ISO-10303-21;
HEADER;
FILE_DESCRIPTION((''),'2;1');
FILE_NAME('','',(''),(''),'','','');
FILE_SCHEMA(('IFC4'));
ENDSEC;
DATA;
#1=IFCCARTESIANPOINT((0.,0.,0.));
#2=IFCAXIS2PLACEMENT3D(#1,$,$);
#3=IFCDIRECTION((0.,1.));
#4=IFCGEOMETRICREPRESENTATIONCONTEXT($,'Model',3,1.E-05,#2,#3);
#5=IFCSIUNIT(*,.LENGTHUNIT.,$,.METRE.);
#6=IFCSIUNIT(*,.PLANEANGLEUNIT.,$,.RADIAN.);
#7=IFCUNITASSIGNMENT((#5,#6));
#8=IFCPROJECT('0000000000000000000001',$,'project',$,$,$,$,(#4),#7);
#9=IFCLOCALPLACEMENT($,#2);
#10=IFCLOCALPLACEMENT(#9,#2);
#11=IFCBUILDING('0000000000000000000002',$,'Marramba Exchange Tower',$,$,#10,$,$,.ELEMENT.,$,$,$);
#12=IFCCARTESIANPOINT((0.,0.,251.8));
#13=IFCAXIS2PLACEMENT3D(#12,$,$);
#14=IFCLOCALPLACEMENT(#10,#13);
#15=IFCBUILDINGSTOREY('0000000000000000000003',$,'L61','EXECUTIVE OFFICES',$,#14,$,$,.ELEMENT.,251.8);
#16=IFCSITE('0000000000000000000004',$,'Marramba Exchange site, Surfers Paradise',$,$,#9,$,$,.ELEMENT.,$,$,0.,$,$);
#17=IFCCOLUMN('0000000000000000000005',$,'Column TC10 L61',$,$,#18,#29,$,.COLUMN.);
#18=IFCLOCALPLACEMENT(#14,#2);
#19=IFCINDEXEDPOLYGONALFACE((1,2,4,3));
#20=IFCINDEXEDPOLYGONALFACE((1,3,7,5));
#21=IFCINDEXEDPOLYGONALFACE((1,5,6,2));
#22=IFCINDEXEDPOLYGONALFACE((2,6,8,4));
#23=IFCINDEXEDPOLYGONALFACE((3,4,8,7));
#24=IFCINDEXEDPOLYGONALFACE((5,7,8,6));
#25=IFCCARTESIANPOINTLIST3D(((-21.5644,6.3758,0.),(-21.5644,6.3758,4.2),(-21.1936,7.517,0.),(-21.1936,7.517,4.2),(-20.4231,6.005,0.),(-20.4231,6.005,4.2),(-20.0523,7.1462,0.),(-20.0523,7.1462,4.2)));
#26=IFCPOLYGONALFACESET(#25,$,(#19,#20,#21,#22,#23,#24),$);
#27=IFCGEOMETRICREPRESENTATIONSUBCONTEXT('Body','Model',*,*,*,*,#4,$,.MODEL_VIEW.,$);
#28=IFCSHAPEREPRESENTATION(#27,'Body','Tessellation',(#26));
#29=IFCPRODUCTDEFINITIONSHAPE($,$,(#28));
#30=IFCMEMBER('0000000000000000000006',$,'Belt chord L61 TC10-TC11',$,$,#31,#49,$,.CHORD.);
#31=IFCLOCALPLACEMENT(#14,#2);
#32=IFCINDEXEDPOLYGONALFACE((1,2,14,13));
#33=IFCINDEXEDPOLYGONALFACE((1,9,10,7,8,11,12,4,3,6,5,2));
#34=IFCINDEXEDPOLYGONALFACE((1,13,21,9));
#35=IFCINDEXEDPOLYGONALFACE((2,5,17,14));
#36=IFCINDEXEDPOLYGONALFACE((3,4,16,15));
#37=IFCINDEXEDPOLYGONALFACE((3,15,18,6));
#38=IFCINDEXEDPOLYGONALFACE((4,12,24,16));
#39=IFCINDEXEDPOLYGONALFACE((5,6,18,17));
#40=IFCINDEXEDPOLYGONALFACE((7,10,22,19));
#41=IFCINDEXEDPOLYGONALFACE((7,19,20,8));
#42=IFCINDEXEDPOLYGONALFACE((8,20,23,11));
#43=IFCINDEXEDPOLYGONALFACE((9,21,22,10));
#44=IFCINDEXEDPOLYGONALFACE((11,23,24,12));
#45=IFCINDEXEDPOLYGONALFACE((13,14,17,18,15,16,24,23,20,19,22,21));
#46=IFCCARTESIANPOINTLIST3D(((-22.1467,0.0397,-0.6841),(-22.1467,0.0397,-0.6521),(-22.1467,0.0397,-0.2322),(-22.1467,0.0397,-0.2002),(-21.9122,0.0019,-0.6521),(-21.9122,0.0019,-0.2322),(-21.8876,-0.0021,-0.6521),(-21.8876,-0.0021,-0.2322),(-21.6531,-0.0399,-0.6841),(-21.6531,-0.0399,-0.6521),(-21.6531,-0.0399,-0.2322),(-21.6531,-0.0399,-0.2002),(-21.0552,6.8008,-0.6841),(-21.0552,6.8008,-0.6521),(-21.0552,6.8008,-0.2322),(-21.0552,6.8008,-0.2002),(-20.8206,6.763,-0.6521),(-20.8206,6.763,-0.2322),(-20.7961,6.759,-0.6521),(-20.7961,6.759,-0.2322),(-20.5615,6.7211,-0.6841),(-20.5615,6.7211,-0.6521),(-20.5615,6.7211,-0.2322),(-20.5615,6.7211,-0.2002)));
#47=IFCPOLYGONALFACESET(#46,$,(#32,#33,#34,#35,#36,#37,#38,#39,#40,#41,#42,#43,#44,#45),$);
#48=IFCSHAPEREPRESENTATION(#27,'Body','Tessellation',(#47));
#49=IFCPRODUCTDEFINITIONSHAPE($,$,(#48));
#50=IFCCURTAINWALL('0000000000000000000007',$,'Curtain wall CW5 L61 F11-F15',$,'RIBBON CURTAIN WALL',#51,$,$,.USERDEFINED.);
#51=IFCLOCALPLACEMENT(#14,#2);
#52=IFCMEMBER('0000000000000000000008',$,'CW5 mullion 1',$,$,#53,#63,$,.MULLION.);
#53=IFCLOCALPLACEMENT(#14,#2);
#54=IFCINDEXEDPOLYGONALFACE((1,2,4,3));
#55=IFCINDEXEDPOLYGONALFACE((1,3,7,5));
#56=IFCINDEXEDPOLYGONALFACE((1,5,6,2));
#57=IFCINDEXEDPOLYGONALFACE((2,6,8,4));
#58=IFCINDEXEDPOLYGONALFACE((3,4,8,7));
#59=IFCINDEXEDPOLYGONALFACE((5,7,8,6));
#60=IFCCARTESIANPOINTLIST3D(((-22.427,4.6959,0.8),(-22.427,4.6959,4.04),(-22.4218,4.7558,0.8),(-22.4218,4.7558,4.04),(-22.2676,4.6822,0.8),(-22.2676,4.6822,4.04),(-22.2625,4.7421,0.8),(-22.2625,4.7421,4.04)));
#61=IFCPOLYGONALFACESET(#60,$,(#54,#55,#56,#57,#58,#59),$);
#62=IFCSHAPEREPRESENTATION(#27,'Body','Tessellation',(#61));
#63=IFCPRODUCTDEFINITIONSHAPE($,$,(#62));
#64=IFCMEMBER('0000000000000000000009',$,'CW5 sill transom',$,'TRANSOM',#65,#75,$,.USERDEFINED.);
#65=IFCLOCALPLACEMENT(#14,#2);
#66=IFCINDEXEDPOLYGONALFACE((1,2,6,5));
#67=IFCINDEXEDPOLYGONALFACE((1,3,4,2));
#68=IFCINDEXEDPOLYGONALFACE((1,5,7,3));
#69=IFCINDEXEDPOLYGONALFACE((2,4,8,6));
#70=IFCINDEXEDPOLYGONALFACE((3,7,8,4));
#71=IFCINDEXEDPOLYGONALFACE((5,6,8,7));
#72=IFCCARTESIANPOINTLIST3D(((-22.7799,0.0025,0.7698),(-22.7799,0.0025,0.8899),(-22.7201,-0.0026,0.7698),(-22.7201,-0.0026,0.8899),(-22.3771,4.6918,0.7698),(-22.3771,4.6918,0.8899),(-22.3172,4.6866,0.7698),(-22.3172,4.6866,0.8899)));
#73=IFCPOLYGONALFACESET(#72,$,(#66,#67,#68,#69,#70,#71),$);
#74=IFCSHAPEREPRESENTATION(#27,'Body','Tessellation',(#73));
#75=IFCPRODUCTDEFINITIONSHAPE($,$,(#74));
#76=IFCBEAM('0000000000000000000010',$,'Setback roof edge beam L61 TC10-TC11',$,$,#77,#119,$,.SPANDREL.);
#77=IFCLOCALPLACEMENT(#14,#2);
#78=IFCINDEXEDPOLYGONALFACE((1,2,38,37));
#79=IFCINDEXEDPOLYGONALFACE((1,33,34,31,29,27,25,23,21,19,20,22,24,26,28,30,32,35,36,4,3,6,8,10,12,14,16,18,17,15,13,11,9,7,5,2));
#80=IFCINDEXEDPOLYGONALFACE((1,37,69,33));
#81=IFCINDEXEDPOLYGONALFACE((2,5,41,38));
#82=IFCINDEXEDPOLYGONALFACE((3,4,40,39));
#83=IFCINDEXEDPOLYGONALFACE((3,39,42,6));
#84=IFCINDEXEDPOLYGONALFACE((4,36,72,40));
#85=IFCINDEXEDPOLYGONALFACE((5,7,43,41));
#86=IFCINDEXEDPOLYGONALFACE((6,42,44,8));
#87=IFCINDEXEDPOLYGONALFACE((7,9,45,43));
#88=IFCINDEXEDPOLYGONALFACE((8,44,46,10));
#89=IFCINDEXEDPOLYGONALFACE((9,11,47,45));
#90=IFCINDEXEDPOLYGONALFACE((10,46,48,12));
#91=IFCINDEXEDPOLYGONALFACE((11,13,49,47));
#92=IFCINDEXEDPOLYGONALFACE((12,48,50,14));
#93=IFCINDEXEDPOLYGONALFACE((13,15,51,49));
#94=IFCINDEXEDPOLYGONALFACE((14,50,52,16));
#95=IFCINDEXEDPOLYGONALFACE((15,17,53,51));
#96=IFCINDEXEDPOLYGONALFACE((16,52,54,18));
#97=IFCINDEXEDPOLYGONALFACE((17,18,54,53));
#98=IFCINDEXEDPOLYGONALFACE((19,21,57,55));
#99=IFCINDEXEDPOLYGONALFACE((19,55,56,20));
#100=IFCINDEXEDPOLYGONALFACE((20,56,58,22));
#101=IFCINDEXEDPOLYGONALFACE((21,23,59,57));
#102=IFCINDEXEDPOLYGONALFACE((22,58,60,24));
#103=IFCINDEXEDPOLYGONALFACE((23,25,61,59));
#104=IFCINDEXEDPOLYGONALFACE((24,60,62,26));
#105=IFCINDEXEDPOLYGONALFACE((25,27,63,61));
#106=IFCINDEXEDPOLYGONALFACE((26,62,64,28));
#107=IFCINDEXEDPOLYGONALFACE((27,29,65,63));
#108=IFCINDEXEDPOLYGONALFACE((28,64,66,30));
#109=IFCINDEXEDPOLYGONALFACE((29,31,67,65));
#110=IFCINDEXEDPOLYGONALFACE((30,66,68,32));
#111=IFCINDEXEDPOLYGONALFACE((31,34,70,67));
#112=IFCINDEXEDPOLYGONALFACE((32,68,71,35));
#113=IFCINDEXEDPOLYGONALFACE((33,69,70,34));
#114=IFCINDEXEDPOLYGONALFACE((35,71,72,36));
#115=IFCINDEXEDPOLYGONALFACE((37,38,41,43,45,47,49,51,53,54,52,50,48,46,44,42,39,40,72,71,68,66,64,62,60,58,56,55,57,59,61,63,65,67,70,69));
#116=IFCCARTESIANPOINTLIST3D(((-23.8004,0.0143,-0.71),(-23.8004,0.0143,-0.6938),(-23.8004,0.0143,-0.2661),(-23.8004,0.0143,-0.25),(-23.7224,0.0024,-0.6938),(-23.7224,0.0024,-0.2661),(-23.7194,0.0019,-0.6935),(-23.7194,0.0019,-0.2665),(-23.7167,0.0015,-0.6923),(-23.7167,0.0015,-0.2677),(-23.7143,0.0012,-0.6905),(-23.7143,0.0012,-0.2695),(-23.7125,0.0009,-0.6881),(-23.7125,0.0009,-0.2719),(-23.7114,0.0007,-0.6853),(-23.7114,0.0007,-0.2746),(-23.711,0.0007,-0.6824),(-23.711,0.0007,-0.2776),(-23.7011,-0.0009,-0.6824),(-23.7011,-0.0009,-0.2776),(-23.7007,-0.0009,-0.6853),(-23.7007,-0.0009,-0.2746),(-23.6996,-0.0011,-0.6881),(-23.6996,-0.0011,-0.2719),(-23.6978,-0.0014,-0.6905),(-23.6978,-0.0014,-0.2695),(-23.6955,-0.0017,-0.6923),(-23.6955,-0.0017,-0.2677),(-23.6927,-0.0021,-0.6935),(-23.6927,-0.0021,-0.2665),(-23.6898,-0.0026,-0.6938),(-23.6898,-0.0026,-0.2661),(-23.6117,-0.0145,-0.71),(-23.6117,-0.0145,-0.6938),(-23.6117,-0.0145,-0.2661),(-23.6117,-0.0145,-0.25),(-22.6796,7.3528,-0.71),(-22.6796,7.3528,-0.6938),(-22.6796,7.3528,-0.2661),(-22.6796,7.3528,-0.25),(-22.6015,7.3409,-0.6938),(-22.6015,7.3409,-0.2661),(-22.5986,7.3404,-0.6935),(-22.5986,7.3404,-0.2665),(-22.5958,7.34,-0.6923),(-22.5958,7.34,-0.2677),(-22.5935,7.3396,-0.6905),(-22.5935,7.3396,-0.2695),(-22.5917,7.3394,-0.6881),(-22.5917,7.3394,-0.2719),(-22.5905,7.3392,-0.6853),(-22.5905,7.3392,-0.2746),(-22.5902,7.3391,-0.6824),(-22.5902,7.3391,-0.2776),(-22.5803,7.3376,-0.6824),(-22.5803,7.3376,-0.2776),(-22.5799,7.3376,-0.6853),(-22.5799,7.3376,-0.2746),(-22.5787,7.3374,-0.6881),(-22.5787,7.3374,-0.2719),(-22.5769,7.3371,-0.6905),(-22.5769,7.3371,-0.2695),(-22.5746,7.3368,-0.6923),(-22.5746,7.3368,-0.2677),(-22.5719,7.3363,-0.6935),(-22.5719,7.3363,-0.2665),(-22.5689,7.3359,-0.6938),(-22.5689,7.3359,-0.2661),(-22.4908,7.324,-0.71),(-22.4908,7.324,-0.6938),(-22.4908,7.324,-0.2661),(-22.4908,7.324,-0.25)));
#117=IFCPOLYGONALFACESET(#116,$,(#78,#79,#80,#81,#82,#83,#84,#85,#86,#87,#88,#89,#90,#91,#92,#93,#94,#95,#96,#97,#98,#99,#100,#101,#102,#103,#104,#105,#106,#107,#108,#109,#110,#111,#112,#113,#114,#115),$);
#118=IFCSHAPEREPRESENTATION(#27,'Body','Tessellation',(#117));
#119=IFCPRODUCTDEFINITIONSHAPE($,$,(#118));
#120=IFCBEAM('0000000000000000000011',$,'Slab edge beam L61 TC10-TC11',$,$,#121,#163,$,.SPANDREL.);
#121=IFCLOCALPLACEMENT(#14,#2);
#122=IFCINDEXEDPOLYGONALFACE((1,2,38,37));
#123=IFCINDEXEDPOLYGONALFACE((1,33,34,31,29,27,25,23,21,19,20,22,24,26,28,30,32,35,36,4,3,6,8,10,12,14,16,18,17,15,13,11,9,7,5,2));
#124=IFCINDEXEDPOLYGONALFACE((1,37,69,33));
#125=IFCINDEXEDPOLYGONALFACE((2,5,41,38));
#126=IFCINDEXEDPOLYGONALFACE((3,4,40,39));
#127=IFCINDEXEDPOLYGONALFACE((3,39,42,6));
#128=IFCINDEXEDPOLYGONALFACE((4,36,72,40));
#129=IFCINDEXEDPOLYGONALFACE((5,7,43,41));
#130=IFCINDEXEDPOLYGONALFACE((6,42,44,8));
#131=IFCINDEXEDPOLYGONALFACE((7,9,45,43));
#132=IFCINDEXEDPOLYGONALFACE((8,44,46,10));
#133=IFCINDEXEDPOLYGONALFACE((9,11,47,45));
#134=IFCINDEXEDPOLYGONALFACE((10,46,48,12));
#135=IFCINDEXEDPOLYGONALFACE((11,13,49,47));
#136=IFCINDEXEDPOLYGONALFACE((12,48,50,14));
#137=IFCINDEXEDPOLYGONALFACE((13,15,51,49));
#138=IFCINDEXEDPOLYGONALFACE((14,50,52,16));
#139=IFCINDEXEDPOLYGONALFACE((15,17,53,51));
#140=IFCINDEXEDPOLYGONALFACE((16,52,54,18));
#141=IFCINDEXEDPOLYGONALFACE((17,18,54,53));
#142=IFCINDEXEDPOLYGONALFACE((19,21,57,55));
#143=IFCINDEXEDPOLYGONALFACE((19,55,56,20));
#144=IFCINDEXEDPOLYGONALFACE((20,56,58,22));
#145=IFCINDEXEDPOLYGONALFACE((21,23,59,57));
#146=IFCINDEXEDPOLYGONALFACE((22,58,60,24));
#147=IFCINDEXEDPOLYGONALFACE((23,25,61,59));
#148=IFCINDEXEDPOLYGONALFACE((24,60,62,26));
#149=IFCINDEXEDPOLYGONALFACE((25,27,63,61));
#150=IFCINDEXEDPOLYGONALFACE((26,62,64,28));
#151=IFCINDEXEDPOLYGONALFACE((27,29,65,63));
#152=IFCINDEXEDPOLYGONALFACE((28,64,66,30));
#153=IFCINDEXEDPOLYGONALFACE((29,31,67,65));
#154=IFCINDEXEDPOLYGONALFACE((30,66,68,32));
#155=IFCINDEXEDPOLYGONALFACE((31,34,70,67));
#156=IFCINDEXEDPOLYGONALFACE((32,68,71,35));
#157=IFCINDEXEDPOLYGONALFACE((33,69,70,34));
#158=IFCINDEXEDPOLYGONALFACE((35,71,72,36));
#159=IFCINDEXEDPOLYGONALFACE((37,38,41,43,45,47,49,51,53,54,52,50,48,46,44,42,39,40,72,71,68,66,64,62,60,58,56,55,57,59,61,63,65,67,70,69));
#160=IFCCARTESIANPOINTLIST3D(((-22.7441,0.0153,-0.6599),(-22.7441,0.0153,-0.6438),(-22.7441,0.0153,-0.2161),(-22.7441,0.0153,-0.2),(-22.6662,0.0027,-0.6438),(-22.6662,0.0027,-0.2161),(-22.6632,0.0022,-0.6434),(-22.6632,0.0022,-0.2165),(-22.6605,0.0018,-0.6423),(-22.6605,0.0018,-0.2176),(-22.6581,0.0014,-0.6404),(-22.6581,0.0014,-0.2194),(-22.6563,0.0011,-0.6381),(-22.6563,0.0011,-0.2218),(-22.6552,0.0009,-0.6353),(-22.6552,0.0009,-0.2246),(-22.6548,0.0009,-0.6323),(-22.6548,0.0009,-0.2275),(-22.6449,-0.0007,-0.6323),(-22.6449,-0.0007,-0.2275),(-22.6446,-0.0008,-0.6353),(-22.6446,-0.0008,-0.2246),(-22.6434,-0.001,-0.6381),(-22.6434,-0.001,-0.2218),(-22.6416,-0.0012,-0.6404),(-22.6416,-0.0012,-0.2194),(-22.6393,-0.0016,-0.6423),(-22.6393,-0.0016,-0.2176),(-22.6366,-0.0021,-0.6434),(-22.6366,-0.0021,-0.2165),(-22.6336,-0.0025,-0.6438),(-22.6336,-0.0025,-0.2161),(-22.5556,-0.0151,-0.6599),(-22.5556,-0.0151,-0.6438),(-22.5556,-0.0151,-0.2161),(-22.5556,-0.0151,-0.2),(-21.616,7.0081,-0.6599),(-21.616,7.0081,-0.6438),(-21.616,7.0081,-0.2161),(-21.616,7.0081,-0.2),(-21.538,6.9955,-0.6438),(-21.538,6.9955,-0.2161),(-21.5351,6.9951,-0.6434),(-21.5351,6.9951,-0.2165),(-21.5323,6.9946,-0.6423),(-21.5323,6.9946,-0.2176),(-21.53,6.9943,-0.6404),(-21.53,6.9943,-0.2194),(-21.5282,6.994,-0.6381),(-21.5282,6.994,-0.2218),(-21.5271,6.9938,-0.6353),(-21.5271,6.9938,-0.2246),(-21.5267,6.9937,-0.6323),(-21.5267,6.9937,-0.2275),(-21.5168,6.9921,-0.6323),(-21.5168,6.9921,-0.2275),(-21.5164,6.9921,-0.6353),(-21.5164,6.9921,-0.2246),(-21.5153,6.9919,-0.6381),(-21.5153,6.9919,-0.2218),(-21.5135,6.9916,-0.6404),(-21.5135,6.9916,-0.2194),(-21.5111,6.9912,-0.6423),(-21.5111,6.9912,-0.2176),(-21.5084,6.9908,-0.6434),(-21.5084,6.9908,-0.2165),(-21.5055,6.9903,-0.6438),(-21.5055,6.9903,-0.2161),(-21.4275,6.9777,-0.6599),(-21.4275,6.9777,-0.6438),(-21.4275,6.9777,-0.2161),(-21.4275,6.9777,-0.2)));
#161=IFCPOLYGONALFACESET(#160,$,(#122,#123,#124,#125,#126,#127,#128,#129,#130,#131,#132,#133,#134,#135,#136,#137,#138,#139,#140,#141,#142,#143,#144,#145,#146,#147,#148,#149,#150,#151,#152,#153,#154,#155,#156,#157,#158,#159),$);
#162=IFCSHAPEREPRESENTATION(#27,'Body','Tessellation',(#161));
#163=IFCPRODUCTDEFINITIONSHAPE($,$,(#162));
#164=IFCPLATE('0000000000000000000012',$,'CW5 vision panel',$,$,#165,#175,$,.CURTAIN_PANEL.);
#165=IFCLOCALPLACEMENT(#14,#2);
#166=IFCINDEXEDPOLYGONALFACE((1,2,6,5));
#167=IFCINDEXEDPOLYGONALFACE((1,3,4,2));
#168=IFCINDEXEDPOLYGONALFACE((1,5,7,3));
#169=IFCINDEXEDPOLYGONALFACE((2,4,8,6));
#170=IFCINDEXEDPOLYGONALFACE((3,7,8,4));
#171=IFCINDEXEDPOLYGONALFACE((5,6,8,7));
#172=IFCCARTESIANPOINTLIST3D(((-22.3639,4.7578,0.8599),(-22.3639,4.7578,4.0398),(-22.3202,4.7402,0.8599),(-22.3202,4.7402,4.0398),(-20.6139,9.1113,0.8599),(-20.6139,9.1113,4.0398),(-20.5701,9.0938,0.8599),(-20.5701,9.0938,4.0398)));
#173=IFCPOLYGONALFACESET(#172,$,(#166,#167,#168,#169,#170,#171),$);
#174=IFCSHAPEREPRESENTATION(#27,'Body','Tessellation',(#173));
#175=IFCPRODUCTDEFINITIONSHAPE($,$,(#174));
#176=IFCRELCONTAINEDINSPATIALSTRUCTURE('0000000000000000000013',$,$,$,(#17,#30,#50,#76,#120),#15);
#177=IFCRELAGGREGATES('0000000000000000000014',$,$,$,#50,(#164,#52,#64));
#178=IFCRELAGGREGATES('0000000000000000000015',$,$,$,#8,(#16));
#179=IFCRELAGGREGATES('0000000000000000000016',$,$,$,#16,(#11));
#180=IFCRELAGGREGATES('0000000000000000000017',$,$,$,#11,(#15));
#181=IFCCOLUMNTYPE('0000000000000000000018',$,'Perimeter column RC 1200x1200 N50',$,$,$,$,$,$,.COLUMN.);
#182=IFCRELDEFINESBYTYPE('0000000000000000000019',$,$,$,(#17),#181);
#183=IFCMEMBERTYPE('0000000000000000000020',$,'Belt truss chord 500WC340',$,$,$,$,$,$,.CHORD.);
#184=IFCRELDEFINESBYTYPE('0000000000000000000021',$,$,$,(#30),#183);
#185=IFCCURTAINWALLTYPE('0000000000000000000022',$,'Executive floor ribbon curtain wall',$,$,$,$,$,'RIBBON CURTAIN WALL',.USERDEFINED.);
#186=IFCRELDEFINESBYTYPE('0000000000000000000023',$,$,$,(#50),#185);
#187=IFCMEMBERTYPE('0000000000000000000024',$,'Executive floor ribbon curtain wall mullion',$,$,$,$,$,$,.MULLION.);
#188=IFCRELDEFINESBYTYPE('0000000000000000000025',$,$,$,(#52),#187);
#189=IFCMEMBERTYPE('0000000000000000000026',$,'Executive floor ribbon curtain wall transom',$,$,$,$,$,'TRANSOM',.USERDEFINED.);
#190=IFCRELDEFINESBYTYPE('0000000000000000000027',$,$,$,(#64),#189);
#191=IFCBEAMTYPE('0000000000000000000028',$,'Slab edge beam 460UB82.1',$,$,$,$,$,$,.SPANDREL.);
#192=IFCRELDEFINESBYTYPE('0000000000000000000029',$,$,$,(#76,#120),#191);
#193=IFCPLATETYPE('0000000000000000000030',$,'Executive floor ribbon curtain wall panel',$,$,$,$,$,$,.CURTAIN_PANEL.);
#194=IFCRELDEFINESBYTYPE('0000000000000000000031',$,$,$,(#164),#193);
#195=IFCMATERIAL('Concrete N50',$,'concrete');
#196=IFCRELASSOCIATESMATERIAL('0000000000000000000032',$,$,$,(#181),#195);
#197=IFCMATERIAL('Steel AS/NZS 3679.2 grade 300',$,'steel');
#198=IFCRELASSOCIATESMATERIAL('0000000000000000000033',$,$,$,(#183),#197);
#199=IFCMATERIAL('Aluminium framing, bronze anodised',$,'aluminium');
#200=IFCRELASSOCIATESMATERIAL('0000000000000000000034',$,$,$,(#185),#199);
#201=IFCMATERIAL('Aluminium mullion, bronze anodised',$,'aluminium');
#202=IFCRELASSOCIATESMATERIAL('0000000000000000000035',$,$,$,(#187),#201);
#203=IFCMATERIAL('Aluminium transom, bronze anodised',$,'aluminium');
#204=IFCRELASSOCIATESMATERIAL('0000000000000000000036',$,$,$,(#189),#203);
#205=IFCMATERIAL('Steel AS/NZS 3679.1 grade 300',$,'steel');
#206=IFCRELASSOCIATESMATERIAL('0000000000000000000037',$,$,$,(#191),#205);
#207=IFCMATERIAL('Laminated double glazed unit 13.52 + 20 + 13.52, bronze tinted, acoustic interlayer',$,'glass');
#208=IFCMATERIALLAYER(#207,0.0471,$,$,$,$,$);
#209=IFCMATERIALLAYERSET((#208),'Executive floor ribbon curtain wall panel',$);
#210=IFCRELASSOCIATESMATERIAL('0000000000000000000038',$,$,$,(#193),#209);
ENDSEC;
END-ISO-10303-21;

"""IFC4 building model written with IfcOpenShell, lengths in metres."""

from ifc_helpers import new_model, si_unit, direction, frame, origin, origin_2d, place, context, subcontext, project, spatial, rectangle, i_section, extrude, material, layer, layer_set, material_profile, profile_set, type_object, element, aggregate, save


model = new_model("IFC4")

# Units and contexts
model_context = context("Model", 3, precision=1e-05, world=origin(), true_north=direction((0.0, 1.0)))
body_context = subcontext(model_context, "Body", "Model", "MODEL_VIEW")
ifc_project = project(units=[si_unit("LENGTHUNIT", "METRE"), si_unit("PLANEANGLEUNIT", "RADIAN")], contexts=[model_context])

# Site, building, storey
site_placement = place(None, origin())
site = spatial("IfcSite", under=ifc_project, at=site_placement, Name="Marramba Exchange site, Surfers Paradise", CompositionType="ELEMENT", RefElevation=0.0)
building_placement = place(site_placement, origin())
building = spatial("IfcBuilding", under=site, at=building_placement, Name="Marramba Exchange Tower", CompositionType="ELEMENT")
storey_placement = place(building_placement, frame((0.0, 0.0, 251.8)))
storey = spatial("IfcBuildingStorey", under=building, at=storey_placement, Name="L61", Description="EXECUTIVE OFFICES", CompositionType="ELEMENT", Elevation=251.8)

# Column
ifc_material_1 = material(Name="Concrete N50", Category="concrete")
ifc_material_profile_1 = material_profile(ifc_material_1, rectangle(XDim=1.2, YDim=1.2, at=origin_2d()), Name="RC 1200x1200")
ifc_profile_set_1 = profile_set([ifc_material_profile_1], Name="Concrete N50")
column_type = type_object("IfcColumnType", Name="Perimeter column RC 1200x1200 N50", PredefinedType="COLUMN", material=ifc_profile_set_1)
column_placement = place(storey_placement, frame((-20.8083, 6.761, 0.0), z_axis=(0.0, 0.0, 1.0), x_axis=(-0.951057, 0.309017, 0.0)))
element("IfcColumn", 1, at=column_placement, inside=storey, type_object=column_type, Name="Column TC10 L61", PredefinedType="COLUMN", context=body_context, shape_type="SweptSolid", body=[
    extrude(rectangle(XDim=1.2, YDim=1.2, at=origin_2d()), origin(), (0.0, 0.0, 1.0), 4.2),
])

# Member
ifc_material_2 = material(Name="Steel AS/NZS 3679.2 grade 300", Category="steel")
ifc_material_profile_2 = material_profile(ifc_material_2, i_section(OverallWidth=0.5, OverallDepth=0.4839, WebThickness=0.0249, FlangeThickness=0.032, at=origin_2d()), Name="500WC340")
ifc_profile_set_2 = profile_set([ifc_material_profile_2], Name="Steel AS/NZS 3679.2 grade 300")
member_type_1 = type_object("IfcMemberType", Name="Belt truss chord 500WC340", PredefinedType="CHORD", material=ifc_profile_set_2)
member_1_placement = place(storey_placement, frame((-20.8083, 6.761, -0.4421), z_axis=(-0.159385, -0.987217, 0.0), x_axis=(0.987217, -0.159385, 0.0)))
element("IfcMember", 2, at=member_1_placement, inside=storey, type_object=member_type_1, Name="Belt chord L61 TC10-TC11", PredefinedType="CHORD", context=body_context, shape_type="SweptSolid", body=[
    extrude(i_section(OverallWidth=0.5, OverallDepth=0.4839, WebThickness=0.0249, FlangeThickness=0.032, at=origin_2d()), origin(), (0.0, 0.0, 1.0), 6.8486),
])

# Curtain wall, members
ifc_material_3 = material(Name="Aluminium framing, bronze anodised", Category="aluminium")
curtain_wall_type = type_object("IfcCurtainWallType", Name="Executive floor ribbon curtain wall", ElementType="RIBBON CURTAIN WALL", PredefinedType="USERDEFINED", material=ifc_material_3)
curtain_wall_placement = place(storey_placement, origin())
curtain_wall = element("IfcCurtainWall", 3, at=curtain_wall_placement, inside=storey, type_object=curtain_wall_type, Name="Curtain wall CW5 L61 F11-F15", ObjectType="RIBBON CURTAIN WALL", PredefinedType="USERDEFINED")
ifc_material_4 = material(Name="Aluminium mullion, bronze anodised", Category="aluminium")
ifc_material_profile_3 = material_profile(ifc_material_4, rectangle(XDim=0.1599, YDim=0.0601, at=origin_2d()), Name="CW5 mullion 60x160")
ifc_profile_set_3 = profile_set([ifc_material_profile_3], Name="Aluminium mullion, bronze anodised")
member_type_2 = type_object("IfcMemberType", Name="Executive floor ribbon curtain wall mullion", PredefinedType="MULLION", material=ifc_profile_set_3)
member_2_placement = place(storey_placement, frame((-22.3447, 4.719, 0.8), z_axis=(0.0, 0.0, 1.0), x_axis=(0.996332, -0.085574, 0.0)))
member_2 = element("IfcMember", 4, at=member_2_placement, type_object=member_type_2, Name="CW5 mullion 1", PredefinedType="MULLION", context=body_context, shape_type="SweptSolid", body=[
    extrude(rectangle(XDim=0.1599, YDim=0.0601, at=origin_2d()), origin(), (0.0, 0.0, 1.0), 3.24),
])
ifc_material_5 = material(Name="Aluminium transom, bronze anodised", Category="aluminium")
ifc_material_profile_4 = material_profile(ifc_material_5, rectangle(XDim=0.0601, YDim=0.1201, at=origin_2d()), Name="CW5 transom 60x120")
ifc_profile_set_4 = profile_set([ifc_material_profile_4], Name="Aluminium transom, bronze anodised")
member_type_3 = type_object("IfcMemberType", Name="Executive floor ribbon curtain wall transom", ElementType="TRANSOM", PredefinedType="USERDEFINED", material=ifc_profile_set_4)
member_3_placement = place(storey_placement, frame((-22.3472, 4.6892, 0.8298), z_axis=(-0.085591, -0.99633, 0.0), x_axis=(0.99633, -0.085591, 0.0)))
member_3 = element("IfcMember", 5, at=member_3_placement, type_object=member_type_3, Name="CW5 sill transom", ObjectType="TRANSOM", PredefinedType="USERDEFINED", context=body_context, shape_type="SweptSolid", body=[
    extrude(rectangle(XDim=0.0601, YDim=0.1201, at=origin_2d()), origin(), (0.0, 0.0, 1.0), 4.7065),
])

# Beams
ifc_material_6 = material(Name="Steel AS/NZS 3679.1 grade 300", Category="steel")
ifc_material_profile_5 = material_profile(ifc_material_6, i_section(OverallWidth=0.1909, OverallDepth=0.46, WebThickness=0.01, FlangeThickness=0.0161, FilletRadius=0.0115, at=origin_2d()), Name="460UB82.1")
ifc_profile_set_5 = profile_set([ifc_material_profile_5], Name="Steel AS/NZS 3679.1 grade 300")
beam_type = type_object("IfcBeamType", Name="Slab edge beam 460UB82.1", PredefinedType="SPANDREL", material=ifc_profile_set_5)
beam_1_placement = place(storey_placement, frame((-22.5852, 7.3384, -0.48), z_axis=(-0.150987, -0.988536, 0.0), x_axis=(0.988536, -0.150987, 0.0)))
element("IfcBeam", 6, at=beam_1_placement, inside=storey, type_object=beam_type, Name="Setback roof edge beam L61 TC10-TC11", PredefinedType="SPANDREL", context=body_context, shape_type="SweptSolid", body=[
    extrude(i_section(OverallWidth=0.1909, OverallDepth=0.46, WebThickness=0.01, FlangeThickness=0.0161, FilletRadius=0.0115, at=origin_2d()), origin(), (0.0, 0.0, 1.0), 7.4236),
])
beam_2_placement = place(storey_placement, frame((-21.5217, 6.9929, -0.4299), z_axis=(-0.159271, -0.987235, 0.0), x_axis=(0.987235, -0.159271, 0.0)))
element("IfcBeam", 7, at=beam_2_placement, inside=storey, type_object=beam_type, Name="Slab edge beam L61 TC10-TC11", PredefinedType="SPANDREL", context=body_context, shape_type="SweptSolid", body=[
    extrude(i_section(OverallWidth=0.1909, OverallDepth=0.46, WebThickness=0.01, FlangeThickness=0.0161, FilletRadius=0.0115, at=origin_2d()), origin(), (0.0, 0.0, 1.0), 7.0833),
])

# Plate
ifc_material_7 = material(Name="Laminated double glazed unit 13.52 + 20 + 13.52, bronze tinted, acoustic interlayer", Category="glass")
ifc_layer_1 = layer(ifc_material_7, 0.0471)
ifc_layer_set_1 = layer_set([ifc_layer_1], Name="Executive floor ribbon curtain wall panel")
plate_type = type_object("IfcPlateType", Name="Executive floor ribbon curtain wall panel", PredefinedType="CURTAIN_PANEL", material=ifc_layer_set_1)
plate_1_placement = place(storey_placement, frame((-21.467, 6.9258, 0.8599), z_axis=(0.0, 0.0, 1.0), x_axis=(-0.372983, -0.927838, 0.0)))
plate_1 = element("IfcPlate", 8, at=plate_1_placement, type_object=plate_type, Name="CW5 vision panel", PredefinedType="CURTAIN_PANEL", context=body_context, shape_type="SweptSolid", body=[
    extrude(rectangle(XDim=4.6921, YDim=0.0471, at=origin_2d()), origin(), (0.0, 0.0, 1.0), 3.1799),
])
aggregate(curtain_wall, [plate_1, member_2, member_3])

save(model, "model.ifc")
